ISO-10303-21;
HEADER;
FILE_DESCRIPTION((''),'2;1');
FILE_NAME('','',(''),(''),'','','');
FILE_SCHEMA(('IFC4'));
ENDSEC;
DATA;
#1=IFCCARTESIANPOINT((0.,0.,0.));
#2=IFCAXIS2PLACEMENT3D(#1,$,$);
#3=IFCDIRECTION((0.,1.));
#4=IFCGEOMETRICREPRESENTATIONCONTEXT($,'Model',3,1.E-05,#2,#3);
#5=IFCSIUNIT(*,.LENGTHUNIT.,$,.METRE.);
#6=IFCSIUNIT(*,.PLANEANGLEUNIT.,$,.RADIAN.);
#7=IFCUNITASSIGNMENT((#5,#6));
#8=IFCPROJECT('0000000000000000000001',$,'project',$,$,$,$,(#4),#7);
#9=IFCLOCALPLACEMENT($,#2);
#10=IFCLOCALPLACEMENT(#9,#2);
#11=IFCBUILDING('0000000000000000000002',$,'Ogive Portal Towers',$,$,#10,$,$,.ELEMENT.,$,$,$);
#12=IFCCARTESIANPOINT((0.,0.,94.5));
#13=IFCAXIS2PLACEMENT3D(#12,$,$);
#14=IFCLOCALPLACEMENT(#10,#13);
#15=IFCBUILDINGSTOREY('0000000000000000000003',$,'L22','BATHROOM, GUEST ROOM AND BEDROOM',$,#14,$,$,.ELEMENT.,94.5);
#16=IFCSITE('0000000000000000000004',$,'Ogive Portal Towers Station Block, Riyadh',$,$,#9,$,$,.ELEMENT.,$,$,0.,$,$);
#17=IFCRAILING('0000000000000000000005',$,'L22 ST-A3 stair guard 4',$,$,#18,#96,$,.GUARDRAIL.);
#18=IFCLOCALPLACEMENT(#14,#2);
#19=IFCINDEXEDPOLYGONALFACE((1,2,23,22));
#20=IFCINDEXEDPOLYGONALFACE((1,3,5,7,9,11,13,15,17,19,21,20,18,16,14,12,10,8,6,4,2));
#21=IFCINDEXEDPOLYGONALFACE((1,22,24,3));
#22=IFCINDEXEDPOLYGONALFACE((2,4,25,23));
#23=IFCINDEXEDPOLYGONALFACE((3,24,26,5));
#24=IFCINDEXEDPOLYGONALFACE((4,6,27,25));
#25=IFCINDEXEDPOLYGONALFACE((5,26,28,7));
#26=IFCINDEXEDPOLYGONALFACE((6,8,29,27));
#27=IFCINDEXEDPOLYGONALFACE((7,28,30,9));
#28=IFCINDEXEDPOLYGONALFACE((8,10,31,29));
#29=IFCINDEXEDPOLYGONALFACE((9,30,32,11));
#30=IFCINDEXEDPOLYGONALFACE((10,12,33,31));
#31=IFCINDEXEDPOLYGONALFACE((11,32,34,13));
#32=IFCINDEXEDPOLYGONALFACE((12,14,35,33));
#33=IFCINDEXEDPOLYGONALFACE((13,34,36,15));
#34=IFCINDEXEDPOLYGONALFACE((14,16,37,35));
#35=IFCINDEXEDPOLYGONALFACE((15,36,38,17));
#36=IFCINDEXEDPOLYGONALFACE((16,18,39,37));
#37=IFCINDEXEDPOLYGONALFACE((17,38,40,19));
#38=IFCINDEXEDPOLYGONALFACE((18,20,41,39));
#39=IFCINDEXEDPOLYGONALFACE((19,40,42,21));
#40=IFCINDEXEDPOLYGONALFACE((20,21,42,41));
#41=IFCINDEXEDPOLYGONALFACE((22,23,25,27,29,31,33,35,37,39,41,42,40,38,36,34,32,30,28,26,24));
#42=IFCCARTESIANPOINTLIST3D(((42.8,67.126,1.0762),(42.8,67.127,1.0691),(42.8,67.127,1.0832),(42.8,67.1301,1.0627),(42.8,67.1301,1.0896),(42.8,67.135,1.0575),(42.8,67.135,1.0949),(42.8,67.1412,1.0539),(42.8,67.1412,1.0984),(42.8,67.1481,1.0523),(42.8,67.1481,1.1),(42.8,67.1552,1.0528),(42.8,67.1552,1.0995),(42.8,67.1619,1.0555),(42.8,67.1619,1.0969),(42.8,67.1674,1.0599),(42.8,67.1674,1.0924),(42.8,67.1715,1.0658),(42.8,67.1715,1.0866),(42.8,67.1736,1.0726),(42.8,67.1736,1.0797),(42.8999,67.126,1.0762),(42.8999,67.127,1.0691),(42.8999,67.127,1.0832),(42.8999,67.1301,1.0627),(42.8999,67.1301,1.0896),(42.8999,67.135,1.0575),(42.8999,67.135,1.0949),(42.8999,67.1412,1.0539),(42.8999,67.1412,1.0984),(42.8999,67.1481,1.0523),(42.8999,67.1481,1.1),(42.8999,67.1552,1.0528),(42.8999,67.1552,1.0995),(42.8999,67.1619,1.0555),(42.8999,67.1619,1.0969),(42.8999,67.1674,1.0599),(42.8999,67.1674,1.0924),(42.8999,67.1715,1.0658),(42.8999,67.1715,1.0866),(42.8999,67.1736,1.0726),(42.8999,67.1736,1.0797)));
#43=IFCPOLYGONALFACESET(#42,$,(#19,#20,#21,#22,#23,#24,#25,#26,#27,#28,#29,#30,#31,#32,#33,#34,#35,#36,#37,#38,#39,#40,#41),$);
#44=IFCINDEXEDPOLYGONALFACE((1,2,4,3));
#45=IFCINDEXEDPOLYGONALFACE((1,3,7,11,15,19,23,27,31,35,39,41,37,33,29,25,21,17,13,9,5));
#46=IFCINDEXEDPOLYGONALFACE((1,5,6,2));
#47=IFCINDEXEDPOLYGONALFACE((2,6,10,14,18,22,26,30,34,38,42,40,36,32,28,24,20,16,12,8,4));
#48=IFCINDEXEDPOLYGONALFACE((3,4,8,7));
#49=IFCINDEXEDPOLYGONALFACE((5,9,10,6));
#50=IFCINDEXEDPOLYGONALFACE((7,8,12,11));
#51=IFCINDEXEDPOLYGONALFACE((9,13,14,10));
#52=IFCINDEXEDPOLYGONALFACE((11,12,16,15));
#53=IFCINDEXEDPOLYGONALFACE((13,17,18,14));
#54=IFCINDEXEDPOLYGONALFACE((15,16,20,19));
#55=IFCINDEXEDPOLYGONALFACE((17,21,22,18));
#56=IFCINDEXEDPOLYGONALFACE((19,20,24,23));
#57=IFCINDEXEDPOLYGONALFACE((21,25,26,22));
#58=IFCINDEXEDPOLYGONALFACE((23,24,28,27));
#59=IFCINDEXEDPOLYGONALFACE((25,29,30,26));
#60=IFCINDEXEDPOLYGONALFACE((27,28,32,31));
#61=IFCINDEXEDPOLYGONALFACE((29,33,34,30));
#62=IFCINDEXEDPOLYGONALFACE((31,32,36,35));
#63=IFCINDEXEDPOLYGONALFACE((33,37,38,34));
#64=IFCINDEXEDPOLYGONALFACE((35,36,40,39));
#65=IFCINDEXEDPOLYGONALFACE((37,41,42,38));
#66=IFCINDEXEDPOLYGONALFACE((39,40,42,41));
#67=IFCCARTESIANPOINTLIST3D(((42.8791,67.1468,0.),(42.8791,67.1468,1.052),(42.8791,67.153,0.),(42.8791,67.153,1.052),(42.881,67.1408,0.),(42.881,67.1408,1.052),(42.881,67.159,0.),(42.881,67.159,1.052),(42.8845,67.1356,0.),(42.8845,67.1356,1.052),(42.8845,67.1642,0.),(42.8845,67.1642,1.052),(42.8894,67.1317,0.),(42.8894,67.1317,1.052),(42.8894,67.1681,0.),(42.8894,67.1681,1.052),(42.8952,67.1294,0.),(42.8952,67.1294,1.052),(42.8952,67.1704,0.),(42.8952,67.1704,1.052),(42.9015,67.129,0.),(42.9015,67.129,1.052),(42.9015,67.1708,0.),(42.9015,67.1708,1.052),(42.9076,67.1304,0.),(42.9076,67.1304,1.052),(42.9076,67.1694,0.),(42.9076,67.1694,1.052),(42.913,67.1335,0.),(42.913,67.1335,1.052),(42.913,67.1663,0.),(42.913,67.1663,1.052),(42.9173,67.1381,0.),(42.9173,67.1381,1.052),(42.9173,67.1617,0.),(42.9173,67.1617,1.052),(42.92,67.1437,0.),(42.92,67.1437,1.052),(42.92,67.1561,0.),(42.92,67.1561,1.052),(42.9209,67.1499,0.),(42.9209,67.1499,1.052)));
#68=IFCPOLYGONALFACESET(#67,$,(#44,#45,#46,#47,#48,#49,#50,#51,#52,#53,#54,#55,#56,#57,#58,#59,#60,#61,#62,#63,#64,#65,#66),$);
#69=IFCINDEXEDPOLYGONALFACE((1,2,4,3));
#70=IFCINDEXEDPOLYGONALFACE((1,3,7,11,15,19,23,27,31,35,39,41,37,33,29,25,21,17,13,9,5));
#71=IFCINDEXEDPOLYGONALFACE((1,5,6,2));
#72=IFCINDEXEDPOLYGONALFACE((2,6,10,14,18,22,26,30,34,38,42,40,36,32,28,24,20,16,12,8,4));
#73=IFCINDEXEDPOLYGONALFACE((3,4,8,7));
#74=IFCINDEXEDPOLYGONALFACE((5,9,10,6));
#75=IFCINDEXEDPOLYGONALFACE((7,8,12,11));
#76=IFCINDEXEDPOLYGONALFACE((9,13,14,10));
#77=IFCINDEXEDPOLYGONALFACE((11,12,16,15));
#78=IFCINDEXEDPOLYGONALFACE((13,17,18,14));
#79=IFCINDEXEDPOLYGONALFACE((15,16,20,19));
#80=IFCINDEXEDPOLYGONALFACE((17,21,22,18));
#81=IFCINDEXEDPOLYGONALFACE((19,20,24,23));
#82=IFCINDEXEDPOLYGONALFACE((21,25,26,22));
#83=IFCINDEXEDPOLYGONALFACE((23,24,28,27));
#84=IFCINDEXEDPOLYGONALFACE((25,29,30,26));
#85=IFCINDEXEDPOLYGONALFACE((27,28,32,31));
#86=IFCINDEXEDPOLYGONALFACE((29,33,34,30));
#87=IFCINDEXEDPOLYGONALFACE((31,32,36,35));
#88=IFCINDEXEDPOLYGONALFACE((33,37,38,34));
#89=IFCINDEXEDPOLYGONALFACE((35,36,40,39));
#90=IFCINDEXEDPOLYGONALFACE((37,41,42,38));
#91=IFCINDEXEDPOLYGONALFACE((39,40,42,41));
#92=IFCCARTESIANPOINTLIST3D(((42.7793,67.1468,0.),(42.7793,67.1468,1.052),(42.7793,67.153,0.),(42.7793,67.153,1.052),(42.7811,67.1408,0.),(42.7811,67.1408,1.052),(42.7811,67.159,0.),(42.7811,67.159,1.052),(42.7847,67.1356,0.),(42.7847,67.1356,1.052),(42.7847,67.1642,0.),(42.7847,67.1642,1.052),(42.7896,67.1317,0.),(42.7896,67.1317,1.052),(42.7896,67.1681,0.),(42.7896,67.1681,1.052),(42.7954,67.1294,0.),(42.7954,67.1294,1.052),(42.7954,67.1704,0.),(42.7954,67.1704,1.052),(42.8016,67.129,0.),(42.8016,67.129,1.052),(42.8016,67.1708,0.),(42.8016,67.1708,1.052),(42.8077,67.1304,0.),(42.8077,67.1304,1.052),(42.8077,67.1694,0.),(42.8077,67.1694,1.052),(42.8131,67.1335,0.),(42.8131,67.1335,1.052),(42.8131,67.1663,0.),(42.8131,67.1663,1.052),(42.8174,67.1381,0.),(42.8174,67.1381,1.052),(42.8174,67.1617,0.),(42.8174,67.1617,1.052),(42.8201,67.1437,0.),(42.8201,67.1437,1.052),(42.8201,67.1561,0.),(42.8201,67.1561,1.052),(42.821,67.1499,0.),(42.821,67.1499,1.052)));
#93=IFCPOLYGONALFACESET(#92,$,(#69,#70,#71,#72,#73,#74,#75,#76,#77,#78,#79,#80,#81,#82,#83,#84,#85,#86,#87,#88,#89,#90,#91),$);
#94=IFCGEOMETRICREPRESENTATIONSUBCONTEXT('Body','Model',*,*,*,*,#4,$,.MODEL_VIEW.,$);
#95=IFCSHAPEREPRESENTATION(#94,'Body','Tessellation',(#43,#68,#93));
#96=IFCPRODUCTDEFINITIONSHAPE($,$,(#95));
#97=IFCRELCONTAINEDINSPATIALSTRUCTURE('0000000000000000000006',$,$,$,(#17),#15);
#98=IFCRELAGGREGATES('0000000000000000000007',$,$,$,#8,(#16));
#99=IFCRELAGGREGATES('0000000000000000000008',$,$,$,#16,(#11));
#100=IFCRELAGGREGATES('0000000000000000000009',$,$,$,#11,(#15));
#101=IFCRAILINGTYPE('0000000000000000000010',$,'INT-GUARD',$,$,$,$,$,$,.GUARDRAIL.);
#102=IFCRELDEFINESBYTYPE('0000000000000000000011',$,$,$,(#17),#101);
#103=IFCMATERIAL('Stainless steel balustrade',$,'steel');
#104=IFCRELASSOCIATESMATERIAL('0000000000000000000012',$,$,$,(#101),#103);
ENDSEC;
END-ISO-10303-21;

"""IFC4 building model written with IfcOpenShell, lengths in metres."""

from ifc_helpers import new_model, si_unit, direction, frame, origin, origin_2d, place, context, subcontext, project, spatial, circle, extrude, material, type_object, element, save


model = new_model("IFC4")

# Units and contexts
model_context = context("Model", 3, precision=1e-05, world=origin(), true_north=direction((0.0, 1.0)))
body_context = subcontext(model_context, "Body", "Model", "MODEL_VIEW")
ifc_project = project(units=[si_unit("LENGTHUNIT", "METRE"), si_unit("PLANEANGLEUNIT", "RADIAN")], contexts=[model_context])

# Site, building, storey
site_placement = place(None, origin())
site = spatial("IfcSite", under=ifc_project, at=site_placement, Name="Ogive Portal Towers Station Block, Riyadh", CompositionType="ELEMENT", RefElevation=0.0)
building_placement = place(site_placement, origin())
building = spatial("IfcBuilding", under=site, at=building_placement, Name="Ogive Portal Towers", CompositionType="ELEMENT")
storey_placement = place(building_placement, frame((0.0, 0.0, 94.5)))
storey = spatial("IfcBuildingStorey", under=building, at=storey_placement, Name="L22", Description="BATHROOM, GUEST ROOM AND BEDROOM", CompositionType="ELEMENT", Elevation=94.5)

# Railing
ifc_material_1 = material(Name="Stainless steel balustrade", Category="steel")
railing_type_1 = type_object("IfcRailingType", Name="INT-GUARD", PredefinedType="GUARDRAIL", material=ifc_material_1)
railing_1_placement = place(storey_placement, frame((42.8999, 67.1499, 0.0)))
element("IfcRailing", 1, at=railing_1_placement, inside=storey, type_object=railing_type_1, Name="L22 ST-A3 stair guard 4", PredefinedType="GUARDRAIL", context=body_context, shape_type="SweptSolid", body=[
    extrude(circle(Radius=0.0239, at=origin_2d()), frame((0.0, 0.0, 1.0762), z_axis=(-1.0, 0.0, 0.0), x_axis=(0.0, -1.0, 0.0)), (0.0, 0.0, 1.0), 0.0999),
    extrude(circle(Radius=0.021, at=origin_2d()), origin(), (0.0, 0.0, 1.0), 1.052),
    extrude(circle(Radius=0.021, at=origin_2d()), frame((-0.0999, 0.0, 0.0)), (0.0, 0.0, 1.0), 1.052),
])

save(model, "model.ifc")
